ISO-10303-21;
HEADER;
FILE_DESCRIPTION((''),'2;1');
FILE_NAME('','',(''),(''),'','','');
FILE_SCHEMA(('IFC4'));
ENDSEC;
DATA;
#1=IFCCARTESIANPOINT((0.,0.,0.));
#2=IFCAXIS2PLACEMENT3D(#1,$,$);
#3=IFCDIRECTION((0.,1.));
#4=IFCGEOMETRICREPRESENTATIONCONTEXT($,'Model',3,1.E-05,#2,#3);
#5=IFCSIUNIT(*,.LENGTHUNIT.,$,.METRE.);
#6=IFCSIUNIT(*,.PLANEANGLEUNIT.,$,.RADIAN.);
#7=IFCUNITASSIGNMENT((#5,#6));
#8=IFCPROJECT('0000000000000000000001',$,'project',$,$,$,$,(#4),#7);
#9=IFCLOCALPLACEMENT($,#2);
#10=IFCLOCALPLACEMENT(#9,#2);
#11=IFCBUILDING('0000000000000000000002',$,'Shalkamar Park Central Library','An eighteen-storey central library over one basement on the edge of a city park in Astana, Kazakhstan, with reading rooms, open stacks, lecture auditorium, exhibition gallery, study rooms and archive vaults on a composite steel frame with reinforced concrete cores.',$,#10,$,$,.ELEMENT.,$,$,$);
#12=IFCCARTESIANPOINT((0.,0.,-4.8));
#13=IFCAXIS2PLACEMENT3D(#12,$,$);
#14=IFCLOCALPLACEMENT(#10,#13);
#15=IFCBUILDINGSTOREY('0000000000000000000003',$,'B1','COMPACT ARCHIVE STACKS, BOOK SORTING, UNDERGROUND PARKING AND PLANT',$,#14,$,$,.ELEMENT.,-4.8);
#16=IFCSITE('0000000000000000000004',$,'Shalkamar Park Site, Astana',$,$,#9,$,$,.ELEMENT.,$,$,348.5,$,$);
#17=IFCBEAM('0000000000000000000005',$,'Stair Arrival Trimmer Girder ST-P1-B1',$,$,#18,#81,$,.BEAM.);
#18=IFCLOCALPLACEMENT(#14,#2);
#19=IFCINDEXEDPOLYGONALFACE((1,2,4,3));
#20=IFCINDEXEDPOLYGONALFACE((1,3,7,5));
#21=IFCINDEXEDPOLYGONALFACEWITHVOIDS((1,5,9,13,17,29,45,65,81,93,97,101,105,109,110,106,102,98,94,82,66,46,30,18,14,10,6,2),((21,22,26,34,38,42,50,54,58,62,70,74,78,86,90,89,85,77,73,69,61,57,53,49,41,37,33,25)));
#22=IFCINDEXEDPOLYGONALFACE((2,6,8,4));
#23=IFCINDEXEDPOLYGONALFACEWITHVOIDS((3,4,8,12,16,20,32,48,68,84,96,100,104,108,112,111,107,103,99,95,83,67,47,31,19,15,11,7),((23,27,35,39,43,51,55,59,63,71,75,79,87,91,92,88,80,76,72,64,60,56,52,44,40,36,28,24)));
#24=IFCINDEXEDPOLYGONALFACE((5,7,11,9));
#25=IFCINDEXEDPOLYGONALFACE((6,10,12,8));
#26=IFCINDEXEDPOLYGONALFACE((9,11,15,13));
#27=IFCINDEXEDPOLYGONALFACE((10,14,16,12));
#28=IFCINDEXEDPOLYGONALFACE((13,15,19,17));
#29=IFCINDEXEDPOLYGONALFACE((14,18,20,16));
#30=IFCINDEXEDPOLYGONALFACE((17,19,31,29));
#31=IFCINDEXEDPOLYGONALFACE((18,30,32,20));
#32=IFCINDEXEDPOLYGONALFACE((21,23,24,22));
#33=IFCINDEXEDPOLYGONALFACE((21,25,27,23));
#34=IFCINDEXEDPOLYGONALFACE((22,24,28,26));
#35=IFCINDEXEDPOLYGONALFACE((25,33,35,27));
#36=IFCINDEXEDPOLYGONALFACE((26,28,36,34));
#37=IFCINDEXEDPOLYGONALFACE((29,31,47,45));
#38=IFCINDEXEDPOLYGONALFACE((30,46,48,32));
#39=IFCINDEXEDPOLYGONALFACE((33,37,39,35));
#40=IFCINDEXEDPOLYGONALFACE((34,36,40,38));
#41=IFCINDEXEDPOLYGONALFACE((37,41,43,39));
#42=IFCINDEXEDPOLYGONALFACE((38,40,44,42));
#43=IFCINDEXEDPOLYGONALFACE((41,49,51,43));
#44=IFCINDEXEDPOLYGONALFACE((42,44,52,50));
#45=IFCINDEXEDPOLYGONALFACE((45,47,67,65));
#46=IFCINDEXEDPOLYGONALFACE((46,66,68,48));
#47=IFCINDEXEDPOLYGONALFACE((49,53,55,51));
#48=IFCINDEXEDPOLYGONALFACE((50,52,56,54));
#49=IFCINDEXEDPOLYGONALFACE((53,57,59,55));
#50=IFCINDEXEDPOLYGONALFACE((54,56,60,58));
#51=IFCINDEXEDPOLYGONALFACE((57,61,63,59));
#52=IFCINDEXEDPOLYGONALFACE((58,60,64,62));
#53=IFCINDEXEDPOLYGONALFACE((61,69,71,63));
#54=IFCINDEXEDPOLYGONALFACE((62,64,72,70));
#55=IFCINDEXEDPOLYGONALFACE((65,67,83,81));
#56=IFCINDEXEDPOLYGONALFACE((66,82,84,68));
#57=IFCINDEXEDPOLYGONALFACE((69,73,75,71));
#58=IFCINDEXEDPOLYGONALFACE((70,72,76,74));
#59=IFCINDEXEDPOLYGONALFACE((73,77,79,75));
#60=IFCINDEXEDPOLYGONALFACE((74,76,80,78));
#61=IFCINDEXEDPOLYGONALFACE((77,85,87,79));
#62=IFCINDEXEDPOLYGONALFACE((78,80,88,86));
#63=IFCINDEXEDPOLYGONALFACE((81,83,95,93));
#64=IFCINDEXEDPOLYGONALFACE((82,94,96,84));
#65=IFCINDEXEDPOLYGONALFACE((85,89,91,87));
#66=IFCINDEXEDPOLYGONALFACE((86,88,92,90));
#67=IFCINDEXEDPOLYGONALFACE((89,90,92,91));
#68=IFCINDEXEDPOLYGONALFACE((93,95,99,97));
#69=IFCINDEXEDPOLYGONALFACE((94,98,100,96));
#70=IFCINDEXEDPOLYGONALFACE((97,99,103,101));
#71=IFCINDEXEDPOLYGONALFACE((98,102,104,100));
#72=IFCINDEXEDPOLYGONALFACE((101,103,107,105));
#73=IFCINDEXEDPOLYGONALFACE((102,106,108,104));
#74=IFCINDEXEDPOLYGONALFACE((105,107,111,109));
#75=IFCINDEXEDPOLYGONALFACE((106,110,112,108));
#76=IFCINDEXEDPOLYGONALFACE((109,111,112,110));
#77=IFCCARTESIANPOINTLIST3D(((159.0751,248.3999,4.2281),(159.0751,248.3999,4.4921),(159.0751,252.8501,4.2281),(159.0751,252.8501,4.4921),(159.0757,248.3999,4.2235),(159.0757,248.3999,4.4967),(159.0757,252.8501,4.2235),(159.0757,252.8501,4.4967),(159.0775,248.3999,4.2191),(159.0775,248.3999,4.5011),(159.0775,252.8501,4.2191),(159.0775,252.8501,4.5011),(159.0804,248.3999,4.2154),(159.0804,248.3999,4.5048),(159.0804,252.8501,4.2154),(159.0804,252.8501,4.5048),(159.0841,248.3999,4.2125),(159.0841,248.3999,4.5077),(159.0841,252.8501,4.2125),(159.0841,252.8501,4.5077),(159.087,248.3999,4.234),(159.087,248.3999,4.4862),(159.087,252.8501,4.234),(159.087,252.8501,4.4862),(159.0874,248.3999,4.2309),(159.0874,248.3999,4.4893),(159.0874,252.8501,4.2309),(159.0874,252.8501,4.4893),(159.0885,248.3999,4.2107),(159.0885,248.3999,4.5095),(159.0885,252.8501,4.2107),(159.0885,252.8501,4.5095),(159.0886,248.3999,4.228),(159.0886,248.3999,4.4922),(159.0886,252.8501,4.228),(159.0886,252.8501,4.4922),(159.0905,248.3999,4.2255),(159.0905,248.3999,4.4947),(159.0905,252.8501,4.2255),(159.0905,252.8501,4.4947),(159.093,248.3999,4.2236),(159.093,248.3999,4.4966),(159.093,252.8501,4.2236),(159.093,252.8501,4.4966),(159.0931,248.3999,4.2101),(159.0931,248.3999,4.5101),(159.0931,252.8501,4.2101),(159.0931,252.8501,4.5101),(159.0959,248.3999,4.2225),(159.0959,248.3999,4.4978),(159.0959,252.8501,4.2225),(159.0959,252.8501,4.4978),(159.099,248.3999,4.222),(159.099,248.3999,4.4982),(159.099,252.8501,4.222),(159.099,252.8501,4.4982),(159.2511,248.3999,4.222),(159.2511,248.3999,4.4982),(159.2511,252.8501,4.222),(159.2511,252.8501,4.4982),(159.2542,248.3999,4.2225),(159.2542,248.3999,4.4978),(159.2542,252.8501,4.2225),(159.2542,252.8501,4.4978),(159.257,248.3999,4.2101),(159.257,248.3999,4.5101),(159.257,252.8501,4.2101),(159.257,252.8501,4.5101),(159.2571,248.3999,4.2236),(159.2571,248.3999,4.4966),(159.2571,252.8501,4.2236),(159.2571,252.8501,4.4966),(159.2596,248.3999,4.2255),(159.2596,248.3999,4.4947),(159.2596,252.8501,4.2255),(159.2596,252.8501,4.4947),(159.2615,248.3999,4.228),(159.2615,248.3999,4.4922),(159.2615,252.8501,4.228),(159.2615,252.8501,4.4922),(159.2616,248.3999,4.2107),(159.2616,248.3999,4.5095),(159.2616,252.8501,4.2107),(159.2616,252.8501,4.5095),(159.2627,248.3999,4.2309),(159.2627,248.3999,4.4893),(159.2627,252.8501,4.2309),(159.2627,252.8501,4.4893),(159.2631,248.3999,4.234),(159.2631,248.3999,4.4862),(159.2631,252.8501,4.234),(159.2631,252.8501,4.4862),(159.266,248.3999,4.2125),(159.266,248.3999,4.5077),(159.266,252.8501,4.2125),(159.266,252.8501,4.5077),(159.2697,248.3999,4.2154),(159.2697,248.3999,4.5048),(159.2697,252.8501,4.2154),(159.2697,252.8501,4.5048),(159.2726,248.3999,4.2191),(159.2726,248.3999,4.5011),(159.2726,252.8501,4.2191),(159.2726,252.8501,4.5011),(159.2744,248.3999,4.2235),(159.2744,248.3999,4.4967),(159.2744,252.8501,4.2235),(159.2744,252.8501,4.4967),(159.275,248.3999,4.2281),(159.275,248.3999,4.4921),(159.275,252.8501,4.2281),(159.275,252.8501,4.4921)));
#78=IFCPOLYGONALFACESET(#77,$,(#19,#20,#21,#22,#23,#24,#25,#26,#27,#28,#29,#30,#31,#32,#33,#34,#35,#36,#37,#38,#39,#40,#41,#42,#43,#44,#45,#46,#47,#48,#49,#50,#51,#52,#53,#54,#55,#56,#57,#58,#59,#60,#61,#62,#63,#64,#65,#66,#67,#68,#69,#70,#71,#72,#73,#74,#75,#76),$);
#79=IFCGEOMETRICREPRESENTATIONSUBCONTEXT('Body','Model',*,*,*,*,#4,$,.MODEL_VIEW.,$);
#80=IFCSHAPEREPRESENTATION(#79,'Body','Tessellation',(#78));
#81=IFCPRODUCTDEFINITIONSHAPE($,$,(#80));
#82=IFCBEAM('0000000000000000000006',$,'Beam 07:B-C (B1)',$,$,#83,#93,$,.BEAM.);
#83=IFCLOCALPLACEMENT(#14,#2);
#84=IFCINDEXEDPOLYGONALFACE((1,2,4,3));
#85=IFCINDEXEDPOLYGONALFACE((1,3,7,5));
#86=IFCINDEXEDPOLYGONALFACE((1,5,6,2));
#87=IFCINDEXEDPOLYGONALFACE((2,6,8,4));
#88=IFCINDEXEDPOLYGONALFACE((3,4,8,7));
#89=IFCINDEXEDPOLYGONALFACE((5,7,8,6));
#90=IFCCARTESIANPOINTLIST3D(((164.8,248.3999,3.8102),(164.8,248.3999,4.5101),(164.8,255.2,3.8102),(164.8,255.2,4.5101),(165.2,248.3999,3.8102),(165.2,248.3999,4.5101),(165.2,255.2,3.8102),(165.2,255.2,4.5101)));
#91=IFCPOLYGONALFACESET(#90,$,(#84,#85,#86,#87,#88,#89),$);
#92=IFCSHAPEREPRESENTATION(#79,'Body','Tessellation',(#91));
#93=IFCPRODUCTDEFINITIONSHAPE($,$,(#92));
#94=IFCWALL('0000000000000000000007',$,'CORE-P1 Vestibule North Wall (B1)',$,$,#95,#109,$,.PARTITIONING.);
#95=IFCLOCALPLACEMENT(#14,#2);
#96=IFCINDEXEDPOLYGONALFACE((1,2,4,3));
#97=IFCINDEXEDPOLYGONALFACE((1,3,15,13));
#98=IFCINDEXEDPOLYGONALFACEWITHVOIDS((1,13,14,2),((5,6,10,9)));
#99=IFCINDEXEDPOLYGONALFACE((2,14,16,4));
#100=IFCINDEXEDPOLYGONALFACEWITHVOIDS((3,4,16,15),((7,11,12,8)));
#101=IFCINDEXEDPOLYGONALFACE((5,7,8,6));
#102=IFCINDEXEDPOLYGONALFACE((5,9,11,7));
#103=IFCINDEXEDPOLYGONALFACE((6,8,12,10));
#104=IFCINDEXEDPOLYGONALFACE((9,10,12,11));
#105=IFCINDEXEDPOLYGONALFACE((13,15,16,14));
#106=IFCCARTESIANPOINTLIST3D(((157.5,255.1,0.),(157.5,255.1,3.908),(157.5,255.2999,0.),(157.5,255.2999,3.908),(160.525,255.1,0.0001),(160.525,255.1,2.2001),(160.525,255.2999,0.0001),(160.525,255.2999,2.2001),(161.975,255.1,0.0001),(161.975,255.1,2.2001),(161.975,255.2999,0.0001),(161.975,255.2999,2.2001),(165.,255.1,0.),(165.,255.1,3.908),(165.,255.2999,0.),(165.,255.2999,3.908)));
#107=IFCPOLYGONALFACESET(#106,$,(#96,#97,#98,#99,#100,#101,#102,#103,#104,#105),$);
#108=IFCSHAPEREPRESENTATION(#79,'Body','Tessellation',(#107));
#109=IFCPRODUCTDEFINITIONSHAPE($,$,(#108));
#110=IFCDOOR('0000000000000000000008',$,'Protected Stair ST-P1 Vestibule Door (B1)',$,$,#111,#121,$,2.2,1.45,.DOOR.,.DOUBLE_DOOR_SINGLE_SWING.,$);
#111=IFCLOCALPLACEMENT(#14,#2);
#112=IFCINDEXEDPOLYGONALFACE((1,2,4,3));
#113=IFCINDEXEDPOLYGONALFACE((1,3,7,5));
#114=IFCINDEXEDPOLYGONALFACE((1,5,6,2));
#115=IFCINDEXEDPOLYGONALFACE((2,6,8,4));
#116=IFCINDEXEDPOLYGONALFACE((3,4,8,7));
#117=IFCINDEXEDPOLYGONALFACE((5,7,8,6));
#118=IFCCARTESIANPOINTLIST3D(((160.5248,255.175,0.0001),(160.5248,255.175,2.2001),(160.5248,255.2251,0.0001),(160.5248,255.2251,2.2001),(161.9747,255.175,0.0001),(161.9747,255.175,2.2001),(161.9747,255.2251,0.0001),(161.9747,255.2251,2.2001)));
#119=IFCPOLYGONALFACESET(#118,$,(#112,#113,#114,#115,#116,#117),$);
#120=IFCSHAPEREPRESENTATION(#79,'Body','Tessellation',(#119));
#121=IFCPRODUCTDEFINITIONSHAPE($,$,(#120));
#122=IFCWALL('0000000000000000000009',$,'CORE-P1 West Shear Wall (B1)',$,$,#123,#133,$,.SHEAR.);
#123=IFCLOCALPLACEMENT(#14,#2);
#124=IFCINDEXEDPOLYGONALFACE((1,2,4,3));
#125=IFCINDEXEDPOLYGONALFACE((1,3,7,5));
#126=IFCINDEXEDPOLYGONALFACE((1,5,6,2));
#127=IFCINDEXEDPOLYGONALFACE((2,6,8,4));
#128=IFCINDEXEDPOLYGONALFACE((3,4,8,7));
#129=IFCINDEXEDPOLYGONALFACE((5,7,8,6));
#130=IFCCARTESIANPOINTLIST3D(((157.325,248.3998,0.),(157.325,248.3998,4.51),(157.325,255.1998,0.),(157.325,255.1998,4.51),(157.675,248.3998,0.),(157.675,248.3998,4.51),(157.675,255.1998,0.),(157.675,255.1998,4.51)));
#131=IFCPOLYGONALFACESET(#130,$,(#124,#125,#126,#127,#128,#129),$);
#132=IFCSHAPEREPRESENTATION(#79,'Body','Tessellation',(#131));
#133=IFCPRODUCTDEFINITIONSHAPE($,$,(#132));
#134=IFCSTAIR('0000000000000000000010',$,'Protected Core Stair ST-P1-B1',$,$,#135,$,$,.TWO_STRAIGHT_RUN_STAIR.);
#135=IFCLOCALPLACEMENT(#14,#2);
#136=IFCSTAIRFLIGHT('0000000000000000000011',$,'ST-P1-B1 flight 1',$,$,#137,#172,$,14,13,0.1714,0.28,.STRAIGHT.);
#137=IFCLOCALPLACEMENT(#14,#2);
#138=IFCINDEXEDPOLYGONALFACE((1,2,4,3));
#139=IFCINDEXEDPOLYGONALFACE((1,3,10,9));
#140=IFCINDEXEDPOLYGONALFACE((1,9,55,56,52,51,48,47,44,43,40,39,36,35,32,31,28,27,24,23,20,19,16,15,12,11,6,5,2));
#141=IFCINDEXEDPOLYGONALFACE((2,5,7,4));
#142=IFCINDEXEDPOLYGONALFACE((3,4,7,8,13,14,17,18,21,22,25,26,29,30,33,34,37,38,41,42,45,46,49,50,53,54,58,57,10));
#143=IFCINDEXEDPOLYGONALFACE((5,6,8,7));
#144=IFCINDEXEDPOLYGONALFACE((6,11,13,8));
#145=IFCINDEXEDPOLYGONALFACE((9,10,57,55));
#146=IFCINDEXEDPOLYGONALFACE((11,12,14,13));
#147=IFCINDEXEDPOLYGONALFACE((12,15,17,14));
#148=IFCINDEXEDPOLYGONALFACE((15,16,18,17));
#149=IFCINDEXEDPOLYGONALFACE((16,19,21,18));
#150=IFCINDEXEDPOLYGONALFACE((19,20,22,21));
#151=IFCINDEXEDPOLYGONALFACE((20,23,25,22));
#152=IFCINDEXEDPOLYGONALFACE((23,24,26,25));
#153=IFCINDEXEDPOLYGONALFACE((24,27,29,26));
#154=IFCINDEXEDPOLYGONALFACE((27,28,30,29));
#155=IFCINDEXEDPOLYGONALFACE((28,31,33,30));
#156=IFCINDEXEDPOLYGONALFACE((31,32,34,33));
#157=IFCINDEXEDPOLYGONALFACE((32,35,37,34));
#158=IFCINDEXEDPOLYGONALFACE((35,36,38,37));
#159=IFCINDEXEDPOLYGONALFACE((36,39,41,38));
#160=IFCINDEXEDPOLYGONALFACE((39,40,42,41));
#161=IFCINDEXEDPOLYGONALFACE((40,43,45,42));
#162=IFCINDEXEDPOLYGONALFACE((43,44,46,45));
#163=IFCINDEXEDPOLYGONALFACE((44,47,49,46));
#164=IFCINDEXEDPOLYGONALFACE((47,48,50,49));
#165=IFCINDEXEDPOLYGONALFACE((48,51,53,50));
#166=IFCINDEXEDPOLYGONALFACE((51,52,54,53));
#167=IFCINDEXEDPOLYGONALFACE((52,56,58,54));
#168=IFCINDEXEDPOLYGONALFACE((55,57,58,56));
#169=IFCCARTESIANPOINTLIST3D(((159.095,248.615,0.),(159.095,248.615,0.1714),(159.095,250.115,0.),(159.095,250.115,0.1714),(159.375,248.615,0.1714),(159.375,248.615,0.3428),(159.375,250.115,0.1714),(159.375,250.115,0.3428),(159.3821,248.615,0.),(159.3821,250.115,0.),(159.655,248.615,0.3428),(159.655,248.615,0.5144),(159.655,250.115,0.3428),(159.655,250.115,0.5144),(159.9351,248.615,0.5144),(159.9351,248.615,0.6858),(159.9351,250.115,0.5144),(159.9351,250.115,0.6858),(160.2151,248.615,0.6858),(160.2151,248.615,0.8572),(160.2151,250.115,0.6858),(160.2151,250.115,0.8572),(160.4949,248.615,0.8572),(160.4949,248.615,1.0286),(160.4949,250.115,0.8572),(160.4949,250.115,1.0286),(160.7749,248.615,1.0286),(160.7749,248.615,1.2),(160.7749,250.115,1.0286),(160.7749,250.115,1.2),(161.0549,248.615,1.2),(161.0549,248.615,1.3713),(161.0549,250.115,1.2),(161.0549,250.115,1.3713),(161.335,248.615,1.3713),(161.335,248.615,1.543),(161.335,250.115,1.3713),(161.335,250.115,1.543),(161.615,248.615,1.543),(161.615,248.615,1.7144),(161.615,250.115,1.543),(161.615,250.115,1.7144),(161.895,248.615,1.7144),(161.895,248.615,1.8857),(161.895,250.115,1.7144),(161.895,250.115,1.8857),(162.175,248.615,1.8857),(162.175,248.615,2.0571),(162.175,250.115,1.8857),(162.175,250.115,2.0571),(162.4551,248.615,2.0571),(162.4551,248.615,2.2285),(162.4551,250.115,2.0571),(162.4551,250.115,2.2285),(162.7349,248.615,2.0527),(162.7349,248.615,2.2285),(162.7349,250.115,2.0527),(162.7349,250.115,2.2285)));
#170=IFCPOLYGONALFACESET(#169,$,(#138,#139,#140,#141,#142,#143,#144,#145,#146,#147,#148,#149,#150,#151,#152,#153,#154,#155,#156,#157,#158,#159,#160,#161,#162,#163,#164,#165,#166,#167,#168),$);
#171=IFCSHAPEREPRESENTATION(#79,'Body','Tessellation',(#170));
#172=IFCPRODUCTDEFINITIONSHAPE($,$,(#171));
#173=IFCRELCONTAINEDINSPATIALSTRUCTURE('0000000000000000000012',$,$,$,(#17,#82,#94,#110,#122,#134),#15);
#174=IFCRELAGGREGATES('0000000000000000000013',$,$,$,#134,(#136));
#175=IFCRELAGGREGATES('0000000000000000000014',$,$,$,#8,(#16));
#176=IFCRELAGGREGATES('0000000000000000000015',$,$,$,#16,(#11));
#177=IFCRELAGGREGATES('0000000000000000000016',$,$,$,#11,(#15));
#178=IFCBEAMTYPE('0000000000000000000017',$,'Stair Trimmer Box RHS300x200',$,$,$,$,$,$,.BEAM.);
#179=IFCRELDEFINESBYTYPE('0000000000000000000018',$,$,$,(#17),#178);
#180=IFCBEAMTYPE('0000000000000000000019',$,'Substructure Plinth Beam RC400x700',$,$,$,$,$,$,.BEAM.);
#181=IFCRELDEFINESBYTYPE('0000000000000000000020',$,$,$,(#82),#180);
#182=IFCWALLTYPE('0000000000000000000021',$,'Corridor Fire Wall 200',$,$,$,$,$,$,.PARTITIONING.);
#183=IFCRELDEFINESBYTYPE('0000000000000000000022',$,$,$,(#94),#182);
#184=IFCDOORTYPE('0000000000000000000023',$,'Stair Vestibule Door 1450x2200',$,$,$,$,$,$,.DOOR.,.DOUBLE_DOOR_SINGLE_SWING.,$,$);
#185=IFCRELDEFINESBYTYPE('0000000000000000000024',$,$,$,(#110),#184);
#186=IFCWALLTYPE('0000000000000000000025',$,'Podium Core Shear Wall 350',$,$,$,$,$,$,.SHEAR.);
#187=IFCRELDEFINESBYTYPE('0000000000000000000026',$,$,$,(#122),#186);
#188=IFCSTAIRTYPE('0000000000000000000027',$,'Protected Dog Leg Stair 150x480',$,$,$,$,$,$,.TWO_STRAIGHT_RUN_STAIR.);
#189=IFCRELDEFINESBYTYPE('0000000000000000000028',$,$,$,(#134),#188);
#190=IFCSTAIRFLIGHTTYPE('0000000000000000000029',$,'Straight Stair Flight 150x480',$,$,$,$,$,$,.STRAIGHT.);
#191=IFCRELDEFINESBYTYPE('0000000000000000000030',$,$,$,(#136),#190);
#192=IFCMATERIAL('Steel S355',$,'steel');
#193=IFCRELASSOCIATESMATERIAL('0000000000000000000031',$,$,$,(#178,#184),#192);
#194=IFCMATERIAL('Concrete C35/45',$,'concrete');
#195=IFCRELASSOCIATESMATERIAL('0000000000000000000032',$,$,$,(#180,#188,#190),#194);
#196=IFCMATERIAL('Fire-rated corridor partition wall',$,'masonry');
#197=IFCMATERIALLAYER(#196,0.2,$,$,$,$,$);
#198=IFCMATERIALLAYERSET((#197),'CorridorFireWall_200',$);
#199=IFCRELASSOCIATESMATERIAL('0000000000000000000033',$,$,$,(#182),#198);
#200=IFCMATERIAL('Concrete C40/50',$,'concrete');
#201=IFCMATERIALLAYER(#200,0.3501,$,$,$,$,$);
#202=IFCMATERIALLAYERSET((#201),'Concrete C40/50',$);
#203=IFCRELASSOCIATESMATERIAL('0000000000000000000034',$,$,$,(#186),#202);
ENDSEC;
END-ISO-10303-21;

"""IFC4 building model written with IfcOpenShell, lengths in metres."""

from ifc_helpers import new_model, si_unit, direction, frame, frame_2d, origin, origin_2d, place, context, subcontext, project, spatial, polyline, rectangle, hollow_rectangle, outline, extrude, material, layer, layer_set, material_profile, profile_set, type_object, element, fill, aggregate, save


model = new_model("IFC4")

# Units and contexts
model_context = context("Model", 3, precision=1e-05, world=origin(), true_north=direction((0.0, 1.0)))
body_context = subcontext(model_context, "Body", "Model", "MODEL_VIEW")
ifc_project = project(units=[si_unit("LENGTHUNIT", "METRE"), si_unit("PLANEANGLEUNIT", "RADIAN")], contexts=[model_context])

# Site, building, storey
site_placement = place(None, origin())
site = spatial("IfcSite", under=ifc_project, at=site_placement, Name="Shalkamar Park Site, Astana", CompositionType="ELEMENT", RefElevation=348.5)
building_placement = place(site_placement, origin())
building = spatial("IfcBuilding", under=site, at=building_placement, Name="Shalkamar Park Central Library", Description="An eighteen-storey central library over one basement on the edge of a city park in Astana, Kazakhstan, with reading rooms, open stacks, lecture auditorium, exhibition gallery, study rooms and archive vaults on a composite steel frame with reinforced concrete cores.", CompositionType="ELEMENT")
storey_placement = place(building_placement, frame((0.0, 0.0, -4.8)))
storey = spatial("IfcBuildingStorey", under=building, at=storey_placement, Name="B1", Description="COMPACT ARCHIVE STACKS, BOOK SORTING, UNDERGROUND PARKING AND PLANT", CompositionType="ELEMENT", Elevation=-4.8)

# Shared definitions
ifc_material_1 = material(Name="Concrete C35/45", Category="concrete")

# Shared definitions
ifc_material_2 = material(Name="Concrete C40/50", Category="concrete")
ifc_material_3 = material(Name="Steel S355", Category="steel")

# Beams
ifc_material_profile_1 = material_profile(ifc_material_3, hollow_rectangle(XDim=0.2, YDim=0.3, WallThickness=0.012, InnerFilletRadius=0.012, OuterFilletRadius=0.0181, at=origin_2d()), Name="RHS 300x200x12")
ifc_profile_set_1 = profile_set([ifc_material_profile_1], Name="Steel S355")
beam_type_1 = type_object("IfcBeamType", Name="Stair Trimmer Box RHS300x200", PredefinedType="BEAM", material=ifc_profile_set_1)
beam_1_placement = place(storey_placement, frame((159.175, 248.3999, 4.3601), z_axis=(0.0, 1.0, 0.0), x_axis=(-1.0, 0.0, 0.0)))
element("IfcBeam", 1, at=beam_1_placement, inside=storey, type_object=beam_type_1, Name="Stair Arrival Trimmer Girder ST-P1-B1", PredefinedType="BEAM", context=body_context, shape_type="SweptSolid", body=[
    extrude(hollow_rectangle(XDim=0.2, YDim=0.3, WallThickness=0.012, InnerFilletRadius=0.012, OuterFilletRadius=0.0181, at=origin_2d()), origin(), (0.0, 0.0, 1.0), 4.4502),
])
ifc_material_profile_2 = material_profile(ifc_material_1, rectangle(XDim=0.3999, YDim=0.7, at=origin_2d()), Name="RC 400x700")
ifc_profile_set_2 = profile_set([ifc_material_profile_2], Name="Concrete C35/45")
beam_type_2 = type_object("IfcBeamType", Name="Substructure Plinth Beam RC400x700", PredefinedType="BEAM", material=ifc_profile_set_2)
beam_2_placement = place(storey_placement, frame((165.0, 248.3999, 4.1602), z_axis=(0.0, 1.0, 0.0), x_axis=(-1.0, 0.0, 0.0)))
element("IfcBeam", 2, at=beam_2_placement, inside=storey, type_object=beam_type_2, Name="Beam 07:B-C (B1)", PredefinedType="BEAM", context=body_context, shape_type="SweptSolid", body=[
    extrude(rectangle(XDim=0.3999, YDim=0.7, at=origin_2d()), origin(), (0.0, 0.0, 1.0), 6.8),
])

# Wall, opening, door
ifc_material_4 = material(Name="Fire-rated corridor partition wall", Category="masonry")
ifc_layer_1 = layer(ifc_material_4, 0.2)
ifc_layer_set_1 = layer_set([ifc_layer_1], Name="CorridorFireWall_200")
wall_type_1 = type_object("IfcWallType", Name="Corridor Fire Wall 200", PredefinedType="PARTITIONING", material=ifc_layer_set_1)
wall_1_placement = place(storey_placement, frame((157.5, 255.2, 0.0), z_axis=(0.0, 0.0, 1.0), x_axis=(1.0, 0.0, 0.0)))
wall_1 = element("IfcWall", 3, at=wall_1_placement, inside=storey, type_object=wall_type_1, Name="CORE-P1 Vestibule North Wall (B1)", PredefinedType="PARTITIONING", context=body_context, shape_type="SweptSolid", body=[
    extrude(rectangle(XDim=7.5, YDim=0.2, at=frame_2d((3.75, 0.0))), origin(), (0.0, 0.0, 1.0), 3.908),
])
opening_1_placement = place(wall_1_placement, frame((3.0249, 0.0, 0.0)))
opening_1 = element("IfcOpeningElement", 4, at=opening_1_placement, cuts=wall_1, PredefinedType="OPENING", context=body_context, shape_type="SweptSolid", body=[
    extrude(rectangle(XDim=1.45, YDim=2.2, at=frame_2d((0.7251, 1.1001))), frame((0.0, 0.1147, 0.0), z_axis=(0.0, -1.0, 0.0), x_axis=(1.0, 0.0, 0.0)), (0.0, 0.0, 1.0), 0.2297),
])
door_type_1 = type_object("IfcDoorType", Name="Stair Vestibule Door 1450x2200", OperationType="DOUBLE_DOOR_SINGLE_SWING", PredefinedType="DOOR", material=ifc_material_3)
door_1_placement = place(opening_1_placement, frame((1.45, 0.0, 0.0), z_axis=(0.0, 0.0, 1.0), x_axis=(-1.0, 0.0, 0.0)))
door_1 = element("IfcDoor", 5, at=door_1_placement, inside=storey, type_object=door_type_1, Name="Protected Stair ST-P1 Vestibule Door (B1)", OperationType="DOUBLE_DOOR_SINGLE_SWING", OverallHeight=2.2, OverallWidth=1.45, PredefinedType="DOOR", context=body_context, shape_type="SweptSolid", body=[
    extrude(rectangle(XDim=1.45, YDim=2.2, at=frame_2d((0.7251, 1.1001))), frame((0.0, 0.0249, 0.0), z_axis=(0.0, -1.0, 0.0), x_axis=(1.0, 0.0, 0.0)), (0.0, 0.0, 1.0), 0.05),
])
fill(opening_1, door_1)

# Wall
ifc_layer_2 = layer(ifc_material_2, 0.3501)
ifc_layer_set_2 = layer_set([ifc_layer_2], Name="Concrete C40/50")
wall_type_2 = type_object("IfcWallType", Name="Podium Core Shear Wall 350", PredefinedType="SHEAR", material=ifc_layer_set_2)
wall_2_placement = place(storey_placement, frame((157.5, 248.3999, 0.0), z_axis=(0.0, 0.0, 1.0), x_axis=(0.0, 1.0, 0.0)))
element("IfcWall", 6, at=wall_2_placement, inside=storey, type_object=wall_type_2, Name="CORE-P1 West Shear Wall (B1)", PredefinedType="SHEAR", context=body_context, shape_type="SweptSolid", body=[
    extrude(rectangle(XDim=6.8, YDim=0.3501, at=frame_2d((3.3999, 0.0))), origin(), (0.0, 0.0, 1.0), 4.51),
])

# Stair, stair flight
stair_type = type_object("IfcStairType", Name="Protected Dog Leg Stair 150x480", PredefinedType="TWO_STRAIGHT_RUN_STAIR", material=ifc_material_1)
stair_placement = place(storey_placement, origin())
stair = element("IfcStair", 7, at=stair_placement, inside=storey, type_object=stair_type, Name="Protected Core Stair ST-P1-B1", PredefinedType="TWO_STRAIGHT_RUN_STAIR")
stair_flight_type = type_object("IfcStairFlightType", Name="Straight Stair Flight 150x480", PredefinedType="STRAIGHT", material=ifc_material_1)
stair_flight_1_placement = place(storey_placement, frame((159.095, 249.365, 0.0), z_axis=(0.0, 0.0, 1.0), x_axis=(1.0, 0.0, 0.0)))
stair_flight_1 = element("IfcStairFlight", 8, at=stair_flight_1_placement, type_object=stair_flight_type, Name="ST-P1-B1 flight 1", NumberOfRisers=14, NumberOfTreads=13, PredefinedType="STRAIGHT", RiserHeight=0.1714, TreadLength=0.28, context=body_context, shape_type="SweptSolid", body=[
    extrude(outline(polyline([(0.0, 0.0), (0.0, 0.1714), (0.28, 0.1714), (0.28, 0.3428), (0.5601, 0.3428), (0.5601, 0.5144), (0.8401, 0.5144), (0.8401, 0.6858), (1.1201, 0.6858), (1.1201, 0.8572), (1.3999, 0.8572), (1.3999, 1.0286), (1.6799, 1.0286), (1.6799, 1.2), (1.96, 1.2), (1.96, 1.3713), (2.24, 1.3713), (2.24, 1.543), (2.52, 1.543), (2.52, 1.7144), (2.8, 1.7144), (2.8, 1.8857), (3.0801, 1.8857), (3.0801, 2.0571), (3.3601, 2.0571), (3.3601, 2.2285), (3.6399, 2.2285), (3.6399, 2.3999), (3.6399, 2.0527), (0.2871, 0.0), (0.0, 0.0)])), frame((0.0, 0.75, 0.0), z_axis=(0.0, -1.0, 0.0), x_axis=(1.0, 0.0, 0.0)), (0.0, 0.0, 1.0), 1.5),
])
aggregate(stair, [stair_flight_1])

save(model, "model.ifc")
